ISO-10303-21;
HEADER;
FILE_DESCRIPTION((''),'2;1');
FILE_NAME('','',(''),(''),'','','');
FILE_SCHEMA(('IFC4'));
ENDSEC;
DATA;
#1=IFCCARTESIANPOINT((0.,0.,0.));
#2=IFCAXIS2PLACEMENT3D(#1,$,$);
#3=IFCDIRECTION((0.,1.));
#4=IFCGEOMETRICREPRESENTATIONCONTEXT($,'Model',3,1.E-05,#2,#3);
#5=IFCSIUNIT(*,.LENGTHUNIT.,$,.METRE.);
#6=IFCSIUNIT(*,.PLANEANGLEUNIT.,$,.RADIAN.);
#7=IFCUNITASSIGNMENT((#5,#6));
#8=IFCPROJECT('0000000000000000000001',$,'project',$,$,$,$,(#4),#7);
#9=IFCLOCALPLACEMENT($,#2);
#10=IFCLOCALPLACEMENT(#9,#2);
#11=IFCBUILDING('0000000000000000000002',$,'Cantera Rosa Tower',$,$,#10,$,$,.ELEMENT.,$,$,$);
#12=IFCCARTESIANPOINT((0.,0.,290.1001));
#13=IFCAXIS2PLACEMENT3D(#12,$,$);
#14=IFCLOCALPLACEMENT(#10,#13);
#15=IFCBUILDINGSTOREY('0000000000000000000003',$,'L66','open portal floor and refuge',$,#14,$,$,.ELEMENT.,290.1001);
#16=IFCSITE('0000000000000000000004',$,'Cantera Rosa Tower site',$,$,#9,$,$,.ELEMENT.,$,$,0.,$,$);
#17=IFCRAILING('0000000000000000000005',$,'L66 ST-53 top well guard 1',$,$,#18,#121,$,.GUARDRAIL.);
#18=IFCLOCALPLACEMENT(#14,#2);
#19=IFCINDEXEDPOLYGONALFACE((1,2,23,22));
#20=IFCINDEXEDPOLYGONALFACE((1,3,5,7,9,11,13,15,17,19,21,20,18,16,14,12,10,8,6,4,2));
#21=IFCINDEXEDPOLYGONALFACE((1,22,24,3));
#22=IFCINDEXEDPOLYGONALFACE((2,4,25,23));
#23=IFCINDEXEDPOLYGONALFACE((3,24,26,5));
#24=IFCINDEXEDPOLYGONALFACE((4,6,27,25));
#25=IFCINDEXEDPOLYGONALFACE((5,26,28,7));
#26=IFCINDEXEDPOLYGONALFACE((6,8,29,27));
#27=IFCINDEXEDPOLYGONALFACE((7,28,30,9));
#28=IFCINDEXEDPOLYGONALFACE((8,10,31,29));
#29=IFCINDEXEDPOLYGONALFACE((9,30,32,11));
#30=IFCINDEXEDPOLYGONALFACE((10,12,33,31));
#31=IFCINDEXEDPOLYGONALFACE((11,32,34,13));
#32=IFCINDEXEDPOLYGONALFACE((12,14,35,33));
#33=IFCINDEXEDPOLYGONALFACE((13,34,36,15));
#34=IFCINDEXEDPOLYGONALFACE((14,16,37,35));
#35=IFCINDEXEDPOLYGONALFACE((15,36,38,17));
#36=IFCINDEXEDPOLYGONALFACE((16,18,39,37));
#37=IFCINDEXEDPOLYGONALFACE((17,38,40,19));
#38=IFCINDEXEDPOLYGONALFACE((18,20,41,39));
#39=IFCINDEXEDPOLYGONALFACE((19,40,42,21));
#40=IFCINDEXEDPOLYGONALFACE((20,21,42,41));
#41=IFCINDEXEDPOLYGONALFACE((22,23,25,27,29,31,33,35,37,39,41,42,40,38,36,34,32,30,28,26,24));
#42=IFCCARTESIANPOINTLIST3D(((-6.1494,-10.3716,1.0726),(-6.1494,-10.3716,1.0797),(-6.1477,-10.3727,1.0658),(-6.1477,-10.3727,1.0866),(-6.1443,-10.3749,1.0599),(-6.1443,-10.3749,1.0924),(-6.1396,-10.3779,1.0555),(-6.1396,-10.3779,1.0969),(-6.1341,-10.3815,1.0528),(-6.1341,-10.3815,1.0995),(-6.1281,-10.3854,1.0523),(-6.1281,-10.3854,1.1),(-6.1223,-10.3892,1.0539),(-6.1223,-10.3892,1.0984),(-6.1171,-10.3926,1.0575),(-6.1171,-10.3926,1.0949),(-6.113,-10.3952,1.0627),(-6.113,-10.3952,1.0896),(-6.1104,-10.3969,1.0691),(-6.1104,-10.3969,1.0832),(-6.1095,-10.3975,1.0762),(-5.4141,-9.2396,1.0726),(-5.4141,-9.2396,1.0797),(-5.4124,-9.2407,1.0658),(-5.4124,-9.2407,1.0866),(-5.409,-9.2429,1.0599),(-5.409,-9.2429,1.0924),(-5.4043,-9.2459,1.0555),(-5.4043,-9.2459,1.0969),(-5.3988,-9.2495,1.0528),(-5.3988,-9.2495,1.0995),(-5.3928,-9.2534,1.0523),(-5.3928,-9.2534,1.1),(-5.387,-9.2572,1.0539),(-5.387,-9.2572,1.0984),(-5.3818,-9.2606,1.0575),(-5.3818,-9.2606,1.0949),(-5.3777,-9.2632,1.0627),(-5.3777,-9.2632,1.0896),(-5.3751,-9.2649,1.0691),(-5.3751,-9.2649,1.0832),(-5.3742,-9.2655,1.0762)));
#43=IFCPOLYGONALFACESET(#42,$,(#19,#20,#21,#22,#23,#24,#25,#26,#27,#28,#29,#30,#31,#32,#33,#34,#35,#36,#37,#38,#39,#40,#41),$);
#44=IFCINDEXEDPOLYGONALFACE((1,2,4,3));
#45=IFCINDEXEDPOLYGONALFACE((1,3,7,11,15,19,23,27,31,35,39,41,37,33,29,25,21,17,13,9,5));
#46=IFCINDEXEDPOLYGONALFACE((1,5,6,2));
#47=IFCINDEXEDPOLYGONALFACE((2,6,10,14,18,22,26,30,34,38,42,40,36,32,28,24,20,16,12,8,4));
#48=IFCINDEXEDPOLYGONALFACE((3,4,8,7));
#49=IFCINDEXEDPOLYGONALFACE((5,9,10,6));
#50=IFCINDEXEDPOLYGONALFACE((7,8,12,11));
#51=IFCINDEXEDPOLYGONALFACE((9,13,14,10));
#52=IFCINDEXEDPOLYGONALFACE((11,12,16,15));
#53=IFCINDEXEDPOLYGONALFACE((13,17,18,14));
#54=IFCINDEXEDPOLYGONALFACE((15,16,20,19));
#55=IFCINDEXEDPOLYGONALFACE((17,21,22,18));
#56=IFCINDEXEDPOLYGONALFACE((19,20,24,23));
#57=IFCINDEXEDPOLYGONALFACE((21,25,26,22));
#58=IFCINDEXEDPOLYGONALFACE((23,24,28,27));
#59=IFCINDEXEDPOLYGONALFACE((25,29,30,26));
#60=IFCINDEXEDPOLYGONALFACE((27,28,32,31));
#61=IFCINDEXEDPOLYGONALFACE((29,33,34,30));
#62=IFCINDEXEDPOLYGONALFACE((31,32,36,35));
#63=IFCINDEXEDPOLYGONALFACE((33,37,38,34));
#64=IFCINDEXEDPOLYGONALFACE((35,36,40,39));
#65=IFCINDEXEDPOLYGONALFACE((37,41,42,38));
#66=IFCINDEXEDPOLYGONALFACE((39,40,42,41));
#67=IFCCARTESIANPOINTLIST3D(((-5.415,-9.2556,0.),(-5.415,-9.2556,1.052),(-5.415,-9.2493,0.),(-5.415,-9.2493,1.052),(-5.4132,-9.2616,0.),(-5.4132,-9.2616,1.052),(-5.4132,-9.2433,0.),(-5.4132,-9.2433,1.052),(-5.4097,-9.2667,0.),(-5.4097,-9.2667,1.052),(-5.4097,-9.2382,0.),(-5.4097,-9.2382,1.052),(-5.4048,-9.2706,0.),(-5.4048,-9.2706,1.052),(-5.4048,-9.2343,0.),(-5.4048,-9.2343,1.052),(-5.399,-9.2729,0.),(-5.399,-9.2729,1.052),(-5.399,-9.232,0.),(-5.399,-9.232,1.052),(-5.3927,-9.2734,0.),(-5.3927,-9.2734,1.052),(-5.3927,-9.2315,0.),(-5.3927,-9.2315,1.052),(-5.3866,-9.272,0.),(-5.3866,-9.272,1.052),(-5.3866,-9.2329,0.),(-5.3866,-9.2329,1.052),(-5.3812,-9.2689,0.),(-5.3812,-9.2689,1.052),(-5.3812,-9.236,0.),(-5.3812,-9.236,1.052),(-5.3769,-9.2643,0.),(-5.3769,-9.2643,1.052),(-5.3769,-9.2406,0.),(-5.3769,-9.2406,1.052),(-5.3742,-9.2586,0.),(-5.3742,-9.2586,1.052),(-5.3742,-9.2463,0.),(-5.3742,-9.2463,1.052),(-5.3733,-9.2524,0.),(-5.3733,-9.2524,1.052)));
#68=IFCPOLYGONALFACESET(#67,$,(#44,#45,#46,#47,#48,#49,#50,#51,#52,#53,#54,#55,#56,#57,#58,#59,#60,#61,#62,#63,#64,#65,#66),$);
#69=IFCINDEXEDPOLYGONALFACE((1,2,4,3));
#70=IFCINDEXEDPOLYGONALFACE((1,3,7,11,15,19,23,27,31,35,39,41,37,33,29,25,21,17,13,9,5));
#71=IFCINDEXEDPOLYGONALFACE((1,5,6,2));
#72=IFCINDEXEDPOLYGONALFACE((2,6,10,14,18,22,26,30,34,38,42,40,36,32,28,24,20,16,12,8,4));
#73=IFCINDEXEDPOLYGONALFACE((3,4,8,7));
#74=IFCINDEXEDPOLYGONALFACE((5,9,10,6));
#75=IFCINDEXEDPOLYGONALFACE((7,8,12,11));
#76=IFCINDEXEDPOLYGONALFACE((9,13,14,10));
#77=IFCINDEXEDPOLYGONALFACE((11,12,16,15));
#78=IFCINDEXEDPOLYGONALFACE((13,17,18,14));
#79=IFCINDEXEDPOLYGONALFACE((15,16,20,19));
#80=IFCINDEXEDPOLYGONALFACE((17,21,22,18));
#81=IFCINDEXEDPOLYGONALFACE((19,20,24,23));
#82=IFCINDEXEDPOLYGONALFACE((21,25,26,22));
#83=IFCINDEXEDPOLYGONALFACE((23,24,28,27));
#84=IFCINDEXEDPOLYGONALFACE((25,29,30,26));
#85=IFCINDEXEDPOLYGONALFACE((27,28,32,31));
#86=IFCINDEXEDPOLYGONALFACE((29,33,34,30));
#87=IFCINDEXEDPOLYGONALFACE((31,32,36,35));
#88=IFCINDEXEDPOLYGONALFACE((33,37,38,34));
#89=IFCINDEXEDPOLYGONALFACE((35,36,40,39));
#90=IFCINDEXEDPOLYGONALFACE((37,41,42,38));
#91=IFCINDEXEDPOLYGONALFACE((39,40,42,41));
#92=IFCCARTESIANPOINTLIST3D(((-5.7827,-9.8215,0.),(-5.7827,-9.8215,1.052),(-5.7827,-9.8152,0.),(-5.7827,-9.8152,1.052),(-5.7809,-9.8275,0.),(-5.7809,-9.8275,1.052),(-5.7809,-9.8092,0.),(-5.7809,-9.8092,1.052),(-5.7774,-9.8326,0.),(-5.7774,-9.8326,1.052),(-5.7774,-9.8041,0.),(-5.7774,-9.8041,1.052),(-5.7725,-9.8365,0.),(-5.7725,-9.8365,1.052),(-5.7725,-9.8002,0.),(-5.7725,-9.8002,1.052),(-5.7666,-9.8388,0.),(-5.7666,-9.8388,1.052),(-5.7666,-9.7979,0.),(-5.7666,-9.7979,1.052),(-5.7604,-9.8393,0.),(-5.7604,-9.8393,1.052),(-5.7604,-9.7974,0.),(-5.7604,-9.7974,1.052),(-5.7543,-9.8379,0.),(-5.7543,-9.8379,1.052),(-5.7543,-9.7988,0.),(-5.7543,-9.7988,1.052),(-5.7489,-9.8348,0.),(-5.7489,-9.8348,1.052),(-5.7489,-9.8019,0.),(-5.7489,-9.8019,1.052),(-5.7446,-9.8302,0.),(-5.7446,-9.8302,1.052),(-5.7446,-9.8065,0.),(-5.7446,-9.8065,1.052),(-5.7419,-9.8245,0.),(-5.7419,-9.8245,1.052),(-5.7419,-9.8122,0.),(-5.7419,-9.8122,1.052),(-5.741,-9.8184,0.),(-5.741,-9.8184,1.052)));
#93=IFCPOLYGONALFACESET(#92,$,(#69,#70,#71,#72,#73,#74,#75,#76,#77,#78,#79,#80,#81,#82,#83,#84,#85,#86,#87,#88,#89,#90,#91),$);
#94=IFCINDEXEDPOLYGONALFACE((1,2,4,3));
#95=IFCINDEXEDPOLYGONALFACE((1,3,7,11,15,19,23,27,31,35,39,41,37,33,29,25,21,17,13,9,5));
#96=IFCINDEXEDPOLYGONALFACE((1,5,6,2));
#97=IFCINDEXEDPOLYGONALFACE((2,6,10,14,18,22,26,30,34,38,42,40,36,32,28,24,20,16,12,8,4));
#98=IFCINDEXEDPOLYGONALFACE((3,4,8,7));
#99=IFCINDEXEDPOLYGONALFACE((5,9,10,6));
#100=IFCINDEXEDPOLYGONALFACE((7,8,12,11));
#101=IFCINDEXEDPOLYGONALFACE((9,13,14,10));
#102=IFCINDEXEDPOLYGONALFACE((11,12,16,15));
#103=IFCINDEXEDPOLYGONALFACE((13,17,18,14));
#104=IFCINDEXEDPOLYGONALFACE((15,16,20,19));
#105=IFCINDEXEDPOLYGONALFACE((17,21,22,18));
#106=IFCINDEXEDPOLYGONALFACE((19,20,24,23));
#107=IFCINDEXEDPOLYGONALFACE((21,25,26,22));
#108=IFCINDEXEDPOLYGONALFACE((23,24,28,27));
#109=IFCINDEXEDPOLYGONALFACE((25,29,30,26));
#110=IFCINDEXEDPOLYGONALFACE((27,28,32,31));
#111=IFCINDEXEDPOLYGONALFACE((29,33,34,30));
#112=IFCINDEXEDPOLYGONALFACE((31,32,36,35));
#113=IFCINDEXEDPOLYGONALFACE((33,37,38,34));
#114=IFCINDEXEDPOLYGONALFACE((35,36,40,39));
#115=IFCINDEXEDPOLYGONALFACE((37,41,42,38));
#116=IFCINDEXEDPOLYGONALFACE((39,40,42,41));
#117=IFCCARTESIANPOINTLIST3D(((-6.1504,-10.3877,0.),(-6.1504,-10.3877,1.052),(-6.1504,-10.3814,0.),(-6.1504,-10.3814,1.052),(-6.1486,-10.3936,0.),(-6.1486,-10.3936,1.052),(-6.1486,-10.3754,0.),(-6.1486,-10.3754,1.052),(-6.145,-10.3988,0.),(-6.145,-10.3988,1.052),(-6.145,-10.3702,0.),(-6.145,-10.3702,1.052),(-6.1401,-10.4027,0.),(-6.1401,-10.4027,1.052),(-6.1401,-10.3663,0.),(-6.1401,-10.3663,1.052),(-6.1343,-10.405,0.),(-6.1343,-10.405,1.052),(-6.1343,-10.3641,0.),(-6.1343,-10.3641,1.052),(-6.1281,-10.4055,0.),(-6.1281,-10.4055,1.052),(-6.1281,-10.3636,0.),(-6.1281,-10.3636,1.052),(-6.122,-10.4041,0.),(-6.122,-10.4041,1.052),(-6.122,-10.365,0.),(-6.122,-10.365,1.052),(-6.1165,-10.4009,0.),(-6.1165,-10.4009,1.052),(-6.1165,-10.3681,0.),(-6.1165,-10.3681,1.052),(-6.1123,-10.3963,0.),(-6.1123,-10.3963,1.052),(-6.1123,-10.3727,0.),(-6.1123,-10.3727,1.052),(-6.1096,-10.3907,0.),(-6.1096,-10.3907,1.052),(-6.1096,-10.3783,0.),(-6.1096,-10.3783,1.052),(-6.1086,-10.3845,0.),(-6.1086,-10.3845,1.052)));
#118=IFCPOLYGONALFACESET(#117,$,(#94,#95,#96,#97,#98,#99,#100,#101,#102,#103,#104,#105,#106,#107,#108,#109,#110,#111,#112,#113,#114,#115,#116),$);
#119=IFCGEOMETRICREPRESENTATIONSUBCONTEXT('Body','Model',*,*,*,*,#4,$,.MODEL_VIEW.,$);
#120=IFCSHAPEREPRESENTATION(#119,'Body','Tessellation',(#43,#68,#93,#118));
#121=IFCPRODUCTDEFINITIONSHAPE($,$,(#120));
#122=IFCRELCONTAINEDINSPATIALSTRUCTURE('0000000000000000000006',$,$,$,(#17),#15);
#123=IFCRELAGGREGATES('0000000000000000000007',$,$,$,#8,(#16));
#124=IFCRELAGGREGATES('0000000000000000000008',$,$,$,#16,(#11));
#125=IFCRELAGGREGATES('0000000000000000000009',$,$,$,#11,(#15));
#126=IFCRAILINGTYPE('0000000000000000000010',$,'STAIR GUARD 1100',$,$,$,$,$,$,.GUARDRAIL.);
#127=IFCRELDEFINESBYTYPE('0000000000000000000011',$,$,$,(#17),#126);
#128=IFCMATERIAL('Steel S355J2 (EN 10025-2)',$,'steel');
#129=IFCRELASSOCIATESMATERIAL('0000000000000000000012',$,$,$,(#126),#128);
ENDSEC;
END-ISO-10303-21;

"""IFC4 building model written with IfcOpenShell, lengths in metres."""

from ifc_helpers import new_model, si_unit, direction, frame, origin, origin_2d, place, context, subcontext, project, spatial, circle, extrude, material, type_object, element, save


model = new_model("IFC4")

# Units and contexts
model_context = context("Model", 3, precision=1e-05, world=origin(), true_north=direction((0.0, 1.0)))
body_context = subcontext(model_context, "Body", "Model", "MODEL_VIEW")
ifc_project = project(units=[si_unit("LENGTHUNIT", "METRE"), si_unit("PLANEANGLEUNIT", "RADIAN")], contexts=[model_context])

# Site, building, storey
site_placement = place(None, origin())
site = spatial("IfcSite", under=ifc_project, at=site_placement, Name="Cantera Rosa Tower site", CompositionType="ELEMENT", RefElevation=0.0)
building_placement = place(site_placement, origin())
building = spatial("IfcBuilding", under=site, at=building_placement, Name="Cantera Rosa Tower", CompositionType="ELEMENT")
storey_placement = place(building_placement, frame((0.0, 0.0, 290.1001)))
storey = spatial("IfcBuildingStorey", under=building, at=storey_placement, Name="L66", Description="open portal floor and refuge", CompositionType="ELEMENT", Elevation=290.1001)

# Railing
ifc_material_1 = material(Name="Steel S355J2 (EN 10025-2)", Category="steel")
railing_type_1 = type_object("IfcRailingType", Name="STAIR GUARD 1100", PredefinedType="GUARDRAIL", material=ifc_material_1)
railing_1_placement = place(storey_placement, frame((-5.3943, -9.2524, 0.0)))
element("IfcRailing", 1, at=railing_1_placement, inside=storey, type_object=railing_type_1, Name="L66 ST-53 top well guard 1", PredefinedType="GUARDRAIL", context=body_context, shape_type="SweptSolid", body=[
    extrude(circle(Radius=0.0239, at=origin_2d()), frame((0.0, 0.0, 1.0762), z_axis=(-0.544728, -0.838613, 0.0), x_axis=(0.838613, -0.544728, 0.0)), (0.0, 0.0, 1.0), 1.3499),
    extrude(circle(Radius=0.021, at=origin_2d()), origin(), (0.0, 0.0, 1.0), 1.052),
    extrude(circle(Radius=0.021, at=origin_2d()), frame((-0.3677, -0.5659, 0.0)), (0.0, 0.0, 1.0), 1.052),
    extrude(circle(Radius=0.021, at=origin_2d()), frame((-0.7354, -1.1321, 0.0)), (0.0, 0.0, 1.0), 1.052),
])

save(model, "model.ifc")
